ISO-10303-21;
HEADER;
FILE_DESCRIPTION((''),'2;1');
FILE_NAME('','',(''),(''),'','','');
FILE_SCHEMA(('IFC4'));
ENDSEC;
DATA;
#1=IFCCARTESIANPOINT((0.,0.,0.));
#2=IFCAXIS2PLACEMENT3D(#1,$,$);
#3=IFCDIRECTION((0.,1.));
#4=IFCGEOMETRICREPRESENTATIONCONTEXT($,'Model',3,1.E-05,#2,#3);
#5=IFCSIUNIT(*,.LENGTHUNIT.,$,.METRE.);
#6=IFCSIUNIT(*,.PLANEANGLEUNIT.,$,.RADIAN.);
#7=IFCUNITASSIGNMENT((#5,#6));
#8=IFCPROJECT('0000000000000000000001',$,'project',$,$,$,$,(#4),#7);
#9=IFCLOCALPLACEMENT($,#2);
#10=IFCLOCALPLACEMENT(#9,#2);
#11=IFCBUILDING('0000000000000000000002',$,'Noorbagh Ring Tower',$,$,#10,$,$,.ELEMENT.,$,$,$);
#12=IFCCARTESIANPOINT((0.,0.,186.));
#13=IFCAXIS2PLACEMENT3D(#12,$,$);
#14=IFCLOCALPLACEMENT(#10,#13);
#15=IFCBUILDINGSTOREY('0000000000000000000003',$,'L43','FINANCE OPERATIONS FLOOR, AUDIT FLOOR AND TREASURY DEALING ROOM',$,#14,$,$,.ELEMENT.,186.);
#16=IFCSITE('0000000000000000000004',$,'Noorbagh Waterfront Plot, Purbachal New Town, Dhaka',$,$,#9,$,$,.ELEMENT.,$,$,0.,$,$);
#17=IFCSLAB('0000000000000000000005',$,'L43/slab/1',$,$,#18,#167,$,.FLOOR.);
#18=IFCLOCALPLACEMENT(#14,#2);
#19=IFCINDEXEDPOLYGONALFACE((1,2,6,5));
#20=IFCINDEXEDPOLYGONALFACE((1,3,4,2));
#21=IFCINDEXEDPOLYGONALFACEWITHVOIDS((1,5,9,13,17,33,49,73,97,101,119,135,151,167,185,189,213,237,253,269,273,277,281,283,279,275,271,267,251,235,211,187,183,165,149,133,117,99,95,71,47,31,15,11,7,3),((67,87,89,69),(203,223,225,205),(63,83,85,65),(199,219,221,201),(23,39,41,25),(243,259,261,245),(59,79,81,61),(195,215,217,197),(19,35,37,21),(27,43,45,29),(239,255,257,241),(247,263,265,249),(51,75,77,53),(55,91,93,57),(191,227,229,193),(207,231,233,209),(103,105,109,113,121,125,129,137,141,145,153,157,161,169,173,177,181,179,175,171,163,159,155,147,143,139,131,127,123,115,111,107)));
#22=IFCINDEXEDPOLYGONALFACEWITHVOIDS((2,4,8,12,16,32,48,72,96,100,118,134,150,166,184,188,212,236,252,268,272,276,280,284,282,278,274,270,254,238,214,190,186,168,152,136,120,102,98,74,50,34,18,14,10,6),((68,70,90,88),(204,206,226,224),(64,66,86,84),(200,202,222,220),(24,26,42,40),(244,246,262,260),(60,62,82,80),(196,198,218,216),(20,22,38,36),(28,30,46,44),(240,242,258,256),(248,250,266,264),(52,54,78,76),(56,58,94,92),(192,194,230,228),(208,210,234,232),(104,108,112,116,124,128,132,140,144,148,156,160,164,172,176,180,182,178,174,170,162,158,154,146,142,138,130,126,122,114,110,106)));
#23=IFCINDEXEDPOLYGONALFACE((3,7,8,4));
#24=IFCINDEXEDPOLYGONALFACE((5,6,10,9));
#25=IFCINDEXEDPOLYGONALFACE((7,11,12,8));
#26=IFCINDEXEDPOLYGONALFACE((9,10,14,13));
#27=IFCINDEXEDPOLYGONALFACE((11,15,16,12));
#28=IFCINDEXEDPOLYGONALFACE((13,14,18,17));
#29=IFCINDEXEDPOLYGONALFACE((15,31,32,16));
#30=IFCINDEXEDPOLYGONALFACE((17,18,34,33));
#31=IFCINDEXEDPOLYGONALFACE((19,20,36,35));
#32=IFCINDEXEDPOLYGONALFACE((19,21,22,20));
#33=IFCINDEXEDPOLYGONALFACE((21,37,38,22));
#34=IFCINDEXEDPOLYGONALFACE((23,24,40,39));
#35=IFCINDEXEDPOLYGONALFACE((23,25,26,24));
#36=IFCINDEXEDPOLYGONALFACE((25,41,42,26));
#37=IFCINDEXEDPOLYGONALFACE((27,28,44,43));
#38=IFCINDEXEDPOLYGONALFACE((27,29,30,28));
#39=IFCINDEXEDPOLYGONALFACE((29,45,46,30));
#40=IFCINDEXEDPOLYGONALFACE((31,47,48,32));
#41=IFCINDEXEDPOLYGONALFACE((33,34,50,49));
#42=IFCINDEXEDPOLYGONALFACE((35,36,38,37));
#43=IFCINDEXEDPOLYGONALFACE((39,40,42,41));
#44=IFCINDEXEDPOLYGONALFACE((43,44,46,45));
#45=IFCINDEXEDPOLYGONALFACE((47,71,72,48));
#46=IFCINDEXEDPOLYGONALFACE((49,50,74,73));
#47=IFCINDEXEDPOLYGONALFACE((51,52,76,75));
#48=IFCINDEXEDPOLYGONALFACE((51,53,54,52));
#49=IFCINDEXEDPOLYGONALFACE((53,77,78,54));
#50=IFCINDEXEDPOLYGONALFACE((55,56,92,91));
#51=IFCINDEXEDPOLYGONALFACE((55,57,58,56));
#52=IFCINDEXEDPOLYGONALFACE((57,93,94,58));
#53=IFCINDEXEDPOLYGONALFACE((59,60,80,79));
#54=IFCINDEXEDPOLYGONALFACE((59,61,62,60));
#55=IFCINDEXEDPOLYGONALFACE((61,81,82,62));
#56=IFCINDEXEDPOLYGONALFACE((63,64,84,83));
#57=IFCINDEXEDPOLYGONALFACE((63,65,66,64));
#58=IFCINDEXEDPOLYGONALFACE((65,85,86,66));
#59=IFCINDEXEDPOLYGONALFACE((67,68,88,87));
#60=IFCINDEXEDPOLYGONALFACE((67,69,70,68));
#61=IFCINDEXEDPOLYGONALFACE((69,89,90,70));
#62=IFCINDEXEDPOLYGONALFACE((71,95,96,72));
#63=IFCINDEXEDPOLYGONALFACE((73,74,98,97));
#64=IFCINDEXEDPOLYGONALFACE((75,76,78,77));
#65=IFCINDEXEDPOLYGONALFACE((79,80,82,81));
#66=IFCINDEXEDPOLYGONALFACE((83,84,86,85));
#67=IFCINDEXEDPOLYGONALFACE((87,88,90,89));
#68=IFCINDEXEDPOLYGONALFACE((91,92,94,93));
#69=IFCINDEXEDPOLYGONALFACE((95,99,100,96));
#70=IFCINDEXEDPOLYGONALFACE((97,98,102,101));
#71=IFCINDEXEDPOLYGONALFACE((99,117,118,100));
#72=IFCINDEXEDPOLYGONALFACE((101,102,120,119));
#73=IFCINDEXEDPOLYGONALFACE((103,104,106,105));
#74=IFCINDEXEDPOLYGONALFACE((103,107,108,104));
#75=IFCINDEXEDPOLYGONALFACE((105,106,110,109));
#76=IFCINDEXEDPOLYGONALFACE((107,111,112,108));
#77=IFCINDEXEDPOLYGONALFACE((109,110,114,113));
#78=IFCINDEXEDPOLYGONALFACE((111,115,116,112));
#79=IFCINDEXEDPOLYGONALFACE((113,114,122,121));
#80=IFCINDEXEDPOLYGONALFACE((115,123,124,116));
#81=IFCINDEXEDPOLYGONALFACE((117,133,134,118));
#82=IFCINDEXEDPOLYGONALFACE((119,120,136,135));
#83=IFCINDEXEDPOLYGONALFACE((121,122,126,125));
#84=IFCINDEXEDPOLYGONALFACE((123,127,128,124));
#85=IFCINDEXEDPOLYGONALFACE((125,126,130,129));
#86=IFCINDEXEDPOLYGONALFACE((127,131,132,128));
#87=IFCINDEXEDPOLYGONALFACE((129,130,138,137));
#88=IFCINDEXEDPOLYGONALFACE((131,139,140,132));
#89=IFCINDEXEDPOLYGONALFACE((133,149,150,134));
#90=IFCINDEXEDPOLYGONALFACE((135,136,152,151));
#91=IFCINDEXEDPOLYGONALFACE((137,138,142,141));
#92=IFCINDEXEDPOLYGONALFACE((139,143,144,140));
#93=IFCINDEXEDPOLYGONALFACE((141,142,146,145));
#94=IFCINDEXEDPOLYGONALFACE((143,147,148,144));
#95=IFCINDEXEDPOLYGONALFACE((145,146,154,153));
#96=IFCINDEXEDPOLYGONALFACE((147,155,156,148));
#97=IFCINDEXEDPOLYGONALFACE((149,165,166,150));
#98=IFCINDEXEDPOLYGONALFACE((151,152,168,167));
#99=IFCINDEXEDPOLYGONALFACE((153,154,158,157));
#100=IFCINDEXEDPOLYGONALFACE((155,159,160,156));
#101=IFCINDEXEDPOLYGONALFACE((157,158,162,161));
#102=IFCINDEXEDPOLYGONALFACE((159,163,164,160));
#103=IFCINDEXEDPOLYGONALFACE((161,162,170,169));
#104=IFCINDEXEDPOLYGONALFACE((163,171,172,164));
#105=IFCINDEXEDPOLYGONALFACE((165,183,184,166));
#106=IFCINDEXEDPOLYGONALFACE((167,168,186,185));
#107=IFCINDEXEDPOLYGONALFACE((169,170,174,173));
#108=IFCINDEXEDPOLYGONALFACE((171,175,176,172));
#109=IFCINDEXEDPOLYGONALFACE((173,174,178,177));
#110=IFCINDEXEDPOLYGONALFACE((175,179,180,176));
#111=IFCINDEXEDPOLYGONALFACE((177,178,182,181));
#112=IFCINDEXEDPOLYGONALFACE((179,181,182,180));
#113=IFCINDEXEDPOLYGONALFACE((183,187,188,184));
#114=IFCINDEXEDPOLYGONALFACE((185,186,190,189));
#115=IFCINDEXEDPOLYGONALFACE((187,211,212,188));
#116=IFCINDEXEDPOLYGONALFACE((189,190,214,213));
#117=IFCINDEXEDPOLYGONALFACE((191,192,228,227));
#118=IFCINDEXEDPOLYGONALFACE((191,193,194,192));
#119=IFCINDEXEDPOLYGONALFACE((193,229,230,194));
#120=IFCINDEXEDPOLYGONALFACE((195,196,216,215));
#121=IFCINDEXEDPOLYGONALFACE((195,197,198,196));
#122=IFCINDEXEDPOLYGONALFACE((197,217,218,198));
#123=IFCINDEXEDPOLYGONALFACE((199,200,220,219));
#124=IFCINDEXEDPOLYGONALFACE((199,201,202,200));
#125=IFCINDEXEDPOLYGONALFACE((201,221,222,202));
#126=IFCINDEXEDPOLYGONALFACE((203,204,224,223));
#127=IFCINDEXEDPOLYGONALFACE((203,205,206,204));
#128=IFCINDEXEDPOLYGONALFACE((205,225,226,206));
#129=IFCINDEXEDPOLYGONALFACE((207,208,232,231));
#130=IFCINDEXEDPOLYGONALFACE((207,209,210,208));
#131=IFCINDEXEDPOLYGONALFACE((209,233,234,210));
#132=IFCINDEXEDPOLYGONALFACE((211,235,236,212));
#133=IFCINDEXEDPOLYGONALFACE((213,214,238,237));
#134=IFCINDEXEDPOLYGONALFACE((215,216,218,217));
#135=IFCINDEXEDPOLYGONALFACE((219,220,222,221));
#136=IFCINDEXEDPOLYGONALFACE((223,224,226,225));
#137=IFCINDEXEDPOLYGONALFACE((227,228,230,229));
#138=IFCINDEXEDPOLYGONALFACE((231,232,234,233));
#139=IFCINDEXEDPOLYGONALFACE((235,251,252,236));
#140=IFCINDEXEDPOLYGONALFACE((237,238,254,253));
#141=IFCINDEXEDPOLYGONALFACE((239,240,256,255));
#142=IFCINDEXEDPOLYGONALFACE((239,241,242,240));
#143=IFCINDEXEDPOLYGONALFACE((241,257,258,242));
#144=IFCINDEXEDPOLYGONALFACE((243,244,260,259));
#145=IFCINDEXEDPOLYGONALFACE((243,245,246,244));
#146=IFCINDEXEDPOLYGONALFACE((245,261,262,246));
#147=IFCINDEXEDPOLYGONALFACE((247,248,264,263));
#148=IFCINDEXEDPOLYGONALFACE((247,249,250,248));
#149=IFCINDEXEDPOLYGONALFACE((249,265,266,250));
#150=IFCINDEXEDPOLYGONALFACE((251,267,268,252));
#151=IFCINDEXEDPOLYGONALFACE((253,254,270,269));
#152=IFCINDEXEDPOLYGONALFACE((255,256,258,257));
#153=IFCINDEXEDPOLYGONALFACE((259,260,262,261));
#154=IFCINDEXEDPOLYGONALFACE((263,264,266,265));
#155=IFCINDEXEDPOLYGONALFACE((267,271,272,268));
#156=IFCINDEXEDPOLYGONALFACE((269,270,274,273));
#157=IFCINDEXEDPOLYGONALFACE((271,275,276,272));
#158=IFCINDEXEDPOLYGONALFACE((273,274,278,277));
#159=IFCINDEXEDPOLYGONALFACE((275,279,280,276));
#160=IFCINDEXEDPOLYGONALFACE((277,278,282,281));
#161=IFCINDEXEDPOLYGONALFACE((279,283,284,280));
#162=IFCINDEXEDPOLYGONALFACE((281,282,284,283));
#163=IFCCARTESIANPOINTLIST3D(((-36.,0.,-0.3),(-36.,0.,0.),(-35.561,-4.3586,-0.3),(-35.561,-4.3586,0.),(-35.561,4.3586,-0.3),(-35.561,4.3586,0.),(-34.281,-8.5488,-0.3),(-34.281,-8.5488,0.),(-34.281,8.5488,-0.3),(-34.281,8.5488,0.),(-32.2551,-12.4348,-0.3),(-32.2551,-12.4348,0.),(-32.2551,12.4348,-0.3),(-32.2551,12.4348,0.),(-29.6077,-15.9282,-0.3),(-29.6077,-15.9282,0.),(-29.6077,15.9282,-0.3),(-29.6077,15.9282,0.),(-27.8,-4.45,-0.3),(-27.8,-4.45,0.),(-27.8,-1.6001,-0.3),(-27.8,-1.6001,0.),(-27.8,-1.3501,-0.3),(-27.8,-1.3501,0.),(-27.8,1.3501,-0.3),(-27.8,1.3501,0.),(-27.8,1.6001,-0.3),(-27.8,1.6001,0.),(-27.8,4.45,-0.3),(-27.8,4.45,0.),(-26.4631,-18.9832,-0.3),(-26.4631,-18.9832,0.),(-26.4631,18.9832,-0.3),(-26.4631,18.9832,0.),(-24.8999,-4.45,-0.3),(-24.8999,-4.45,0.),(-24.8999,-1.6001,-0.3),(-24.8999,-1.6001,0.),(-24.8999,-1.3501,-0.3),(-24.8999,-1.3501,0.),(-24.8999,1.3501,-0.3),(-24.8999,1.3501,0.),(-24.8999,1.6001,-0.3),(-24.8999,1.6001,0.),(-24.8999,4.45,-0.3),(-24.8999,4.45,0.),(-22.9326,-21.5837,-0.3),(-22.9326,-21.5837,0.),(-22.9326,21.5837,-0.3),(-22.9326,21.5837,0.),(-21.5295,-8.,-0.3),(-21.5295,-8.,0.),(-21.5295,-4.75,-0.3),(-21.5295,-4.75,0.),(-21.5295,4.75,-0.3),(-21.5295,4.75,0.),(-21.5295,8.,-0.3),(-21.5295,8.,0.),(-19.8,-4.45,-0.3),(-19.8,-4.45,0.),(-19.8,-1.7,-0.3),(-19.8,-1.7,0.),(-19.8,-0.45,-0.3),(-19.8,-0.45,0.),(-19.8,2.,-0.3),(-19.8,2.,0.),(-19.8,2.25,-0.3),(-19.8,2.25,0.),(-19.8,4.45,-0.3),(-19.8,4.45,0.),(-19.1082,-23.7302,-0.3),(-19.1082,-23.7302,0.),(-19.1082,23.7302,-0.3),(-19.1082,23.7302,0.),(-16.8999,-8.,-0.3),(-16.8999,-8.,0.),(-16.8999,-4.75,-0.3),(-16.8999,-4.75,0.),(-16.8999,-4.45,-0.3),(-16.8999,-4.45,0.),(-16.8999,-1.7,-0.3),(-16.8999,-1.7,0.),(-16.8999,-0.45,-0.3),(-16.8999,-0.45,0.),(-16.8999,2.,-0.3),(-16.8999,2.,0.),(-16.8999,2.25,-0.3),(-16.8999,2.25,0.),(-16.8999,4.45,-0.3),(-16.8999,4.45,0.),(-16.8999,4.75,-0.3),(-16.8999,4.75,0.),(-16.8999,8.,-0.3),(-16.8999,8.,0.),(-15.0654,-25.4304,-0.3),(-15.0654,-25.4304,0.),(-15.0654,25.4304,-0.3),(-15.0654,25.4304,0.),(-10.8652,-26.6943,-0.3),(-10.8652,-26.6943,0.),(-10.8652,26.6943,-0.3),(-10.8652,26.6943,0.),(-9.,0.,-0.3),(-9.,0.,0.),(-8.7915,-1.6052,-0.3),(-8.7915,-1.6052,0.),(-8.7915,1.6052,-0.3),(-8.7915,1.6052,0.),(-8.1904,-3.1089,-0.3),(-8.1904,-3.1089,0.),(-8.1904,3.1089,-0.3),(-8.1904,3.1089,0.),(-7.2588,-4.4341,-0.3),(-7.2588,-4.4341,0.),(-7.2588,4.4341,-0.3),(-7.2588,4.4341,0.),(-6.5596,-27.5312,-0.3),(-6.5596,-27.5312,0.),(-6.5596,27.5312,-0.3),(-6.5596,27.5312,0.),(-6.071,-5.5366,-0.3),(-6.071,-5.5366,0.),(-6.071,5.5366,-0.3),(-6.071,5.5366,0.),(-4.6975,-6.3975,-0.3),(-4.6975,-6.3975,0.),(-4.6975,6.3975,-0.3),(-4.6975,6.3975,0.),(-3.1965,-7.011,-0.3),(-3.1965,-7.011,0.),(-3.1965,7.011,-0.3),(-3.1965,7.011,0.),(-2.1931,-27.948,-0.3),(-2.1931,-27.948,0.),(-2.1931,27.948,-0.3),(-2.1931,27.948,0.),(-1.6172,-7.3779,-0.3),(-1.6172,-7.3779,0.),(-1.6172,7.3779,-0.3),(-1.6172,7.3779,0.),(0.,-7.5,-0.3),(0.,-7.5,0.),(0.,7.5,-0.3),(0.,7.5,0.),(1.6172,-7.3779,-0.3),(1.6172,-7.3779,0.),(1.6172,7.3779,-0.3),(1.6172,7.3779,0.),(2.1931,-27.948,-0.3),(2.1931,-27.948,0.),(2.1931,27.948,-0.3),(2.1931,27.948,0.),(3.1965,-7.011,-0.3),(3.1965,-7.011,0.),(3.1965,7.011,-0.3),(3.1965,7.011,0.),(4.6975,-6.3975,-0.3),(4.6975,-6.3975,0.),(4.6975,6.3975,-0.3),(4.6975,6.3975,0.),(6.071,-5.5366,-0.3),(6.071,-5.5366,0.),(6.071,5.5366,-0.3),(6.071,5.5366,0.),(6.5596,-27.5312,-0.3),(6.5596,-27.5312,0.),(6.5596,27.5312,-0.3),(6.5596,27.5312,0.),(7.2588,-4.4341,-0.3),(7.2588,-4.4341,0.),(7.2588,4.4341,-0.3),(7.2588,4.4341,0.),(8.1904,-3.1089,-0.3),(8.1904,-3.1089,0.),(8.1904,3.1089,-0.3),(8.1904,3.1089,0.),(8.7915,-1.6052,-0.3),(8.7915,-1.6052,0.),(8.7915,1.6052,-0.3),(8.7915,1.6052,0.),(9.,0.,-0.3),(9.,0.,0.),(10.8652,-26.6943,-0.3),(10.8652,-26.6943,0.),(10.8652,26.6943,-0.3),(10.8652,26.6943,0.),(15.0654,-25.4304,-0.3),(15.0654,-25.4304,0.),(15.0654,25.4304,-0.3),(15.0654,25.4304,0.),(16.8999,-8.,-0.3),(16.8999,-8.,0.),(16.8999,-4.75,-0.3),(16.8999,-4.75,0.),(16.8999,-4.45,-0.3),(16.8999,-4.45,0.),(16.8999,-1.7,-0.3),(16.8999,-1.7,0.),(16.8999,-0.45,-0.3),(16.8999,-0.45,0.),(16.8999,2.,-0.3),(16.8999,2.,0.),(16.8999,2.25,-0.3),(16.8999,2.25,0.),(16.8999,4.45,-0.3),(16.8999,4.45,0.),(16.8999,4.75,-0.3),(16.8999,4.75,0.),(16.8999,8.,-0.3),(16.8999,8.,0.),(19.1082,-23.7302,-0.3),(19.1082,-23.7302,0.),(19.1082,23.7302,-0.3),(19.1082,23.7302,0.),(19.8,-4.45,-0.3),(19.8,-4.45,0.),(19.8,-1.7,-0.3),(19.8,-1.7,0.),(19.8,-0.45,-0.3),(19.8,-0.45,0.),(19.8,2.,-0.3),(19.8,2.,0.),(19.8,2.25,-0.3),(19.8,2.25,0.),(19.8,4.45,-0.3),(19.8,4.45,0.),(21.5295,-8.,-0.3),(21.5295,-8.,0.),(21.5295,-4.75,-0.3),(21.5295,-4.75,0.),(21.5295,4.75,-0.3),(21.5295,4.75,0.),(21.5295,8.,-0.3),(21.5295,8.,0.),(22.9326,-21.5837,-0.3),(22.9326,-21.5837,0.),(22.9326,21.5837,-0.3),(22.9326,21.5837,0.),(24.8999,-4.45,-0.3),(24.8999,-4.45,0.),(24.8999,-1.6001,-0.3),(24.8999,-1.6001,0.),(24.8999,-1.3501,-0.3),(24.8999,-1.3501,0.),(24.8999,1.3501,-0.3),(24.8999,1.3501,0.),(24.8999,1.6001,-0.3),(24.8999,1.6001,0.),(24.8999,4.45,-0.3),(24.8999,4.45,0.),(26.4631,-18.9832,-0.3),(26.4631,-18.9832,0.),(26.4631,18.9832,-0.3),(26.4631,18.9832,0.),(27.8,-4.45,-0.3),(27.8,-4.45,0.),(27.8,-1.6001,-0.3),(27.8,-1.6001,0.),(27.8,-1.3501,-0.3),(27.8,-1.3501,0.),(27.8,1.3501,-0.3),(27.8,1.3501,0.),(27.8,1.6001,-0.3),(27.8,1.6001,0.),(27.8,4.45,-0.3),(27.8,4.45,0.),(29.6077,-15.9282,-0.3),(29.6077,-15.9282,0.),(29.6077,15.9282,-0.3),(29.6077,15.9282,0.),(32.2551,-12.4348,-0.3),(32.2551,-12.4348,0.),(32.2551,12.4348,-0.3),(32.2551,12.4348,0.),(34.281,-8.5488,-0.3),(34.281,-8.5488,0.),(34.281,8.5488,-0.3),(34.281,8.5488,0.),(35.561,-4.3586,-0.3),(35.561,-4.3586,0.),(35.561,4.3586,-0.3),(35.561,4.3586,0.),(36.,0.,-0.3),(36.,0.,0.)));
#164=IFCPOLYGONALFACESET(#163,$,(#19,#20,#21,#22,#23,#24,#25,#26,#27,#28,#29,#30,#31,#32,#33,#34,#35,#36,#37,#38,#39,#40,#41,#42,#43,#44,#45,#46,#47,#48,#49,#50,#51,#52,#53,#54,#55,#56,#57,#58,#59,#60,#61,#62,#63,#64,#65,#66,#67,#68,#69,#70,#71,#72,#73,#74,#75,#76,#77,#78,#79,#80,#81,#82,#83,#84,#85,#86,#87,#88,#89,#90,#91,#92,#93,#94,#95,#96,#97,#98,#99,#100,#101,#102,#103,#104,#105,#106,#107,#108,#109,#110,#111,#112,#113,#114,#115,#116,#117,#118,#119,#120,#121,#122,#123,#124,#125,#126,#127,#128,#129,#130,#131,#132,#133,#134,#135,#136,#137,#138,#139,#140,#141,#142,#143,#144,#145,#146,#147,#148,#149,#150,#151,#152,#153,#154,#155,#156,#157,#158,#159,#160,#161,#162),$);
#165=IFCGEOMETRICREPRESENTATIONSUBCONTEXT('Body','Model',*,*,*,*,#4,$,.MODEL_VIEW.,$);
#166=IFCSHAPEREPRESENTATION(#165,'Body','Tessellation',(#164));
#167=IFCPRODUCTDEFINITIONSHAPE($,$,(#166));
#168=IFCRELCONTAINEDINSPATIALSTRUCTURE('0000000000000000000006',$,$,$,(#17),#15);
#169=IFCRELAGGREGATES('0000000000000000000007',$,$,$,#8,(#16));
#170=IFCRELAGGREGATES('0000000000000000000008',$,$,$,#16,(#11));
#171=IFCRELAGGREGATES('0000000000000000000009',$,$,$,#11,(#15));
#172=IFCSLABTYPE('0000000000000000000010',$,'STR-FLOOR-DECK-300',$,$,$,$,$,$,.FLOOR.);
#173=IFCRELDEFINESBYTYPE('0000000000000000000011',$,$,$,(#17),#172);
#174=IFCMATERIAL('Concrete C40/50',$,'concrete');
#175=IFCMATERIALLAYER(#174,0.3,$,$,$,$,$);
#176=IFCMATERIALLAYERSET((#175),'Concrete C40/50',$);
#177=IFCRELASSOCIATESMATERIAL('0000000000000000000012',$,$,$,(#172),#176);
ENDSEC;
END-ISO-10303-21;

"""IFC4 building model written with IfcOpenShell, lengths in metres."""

from ifc_helpers import new_model, si_unit, direction, frame, origin, place, context, subcontext, project, spatial, polyline, outline, extrude, material, layer, layer_set, type_object, element, save


model = new_model("IFC4")

# Units and contexts
model_context = context("Model", 3, precision=1e-05, world=origin(), true_north=direction((0.0, 1.0)))
body_context = subcontext(model_context, "Body", "Model", "MODEL_VIEW")
ifc_project = project(units=[si_unit("LENGTHUNIT", "METRE"), si_unit("PLANEANGLEUNIT", "RADIAN")], contexts=[model_context])

# Site, building, storey
site_placement = place(None, origin())
site = spatial("IfcSite", under=ifc_project, at=site_placement, Name="Noorbagh Waterfront Plot, Purbachal New Town, Dhaka", CompositionType="ELEMENT", RefElevation=0.0)
building_placement = place(site_placement, origin())
building = spatial("IfcBuilding", under=site, at=building_placement, Name="Noorbagh Ring Tower", CompositionType="ELEMENT")
storey_placement = place(building_placement, frame((0.0, 0.0, 186.0)))
storey = spatial("IfcBuildingStorey", under=building, at=storey_placement, Name="L43", Description="FINANCE OPERATIONS FLOOR, AUDIT FLOOR AND TREASURY DEALING ROOM", CompositionType="ELEMENT", Elevation=186.0)

# Slab
ifc_material_1 = material(Name="Concrete C40/50", Category="concrete")
ifc_layer_1 = layer(ifc_material_1, 0.3)
ifc_layer_set_1 = layer_set([ifc_layer_1], Name="Concrete C40/50")
slab_type_1 = type_object("IfcSlabType", Name="STR-FLOOR-DECK-300", PredefinedType="FLOOR", material=ifc_layer_set_1)
slab_1_placement = place(storey_placement, frame((0.0, 0.0, -0.3)))
element("IfcSlab", 1, at=slab_1_placement, inside=storey, type_object=slab_type_1, Name="L43/slab/1", PredefinedType="FLOOR", context=body_context, shape_type="SweptSolid", body=[
    extrude(outline(polyline([(36.0, 0.0), (35.561, 4.3586), (34.281, 8.5488), (32.2551, 12.4348), (29.6077, 15.9282), (26.4631, 18.9832), (22.9326, 21.5837), (19.1082, 23.7302), (15.0654, 25.4304), (10.8652, 26.6943), (6.5596, 27.5312), (2.1931, 27.948), (-2.1931, 27.948), (-6.5596, 27.5312), (-10.8652, 26.6943), (-15.0654, 25.4304), (-19.1082, 23.7302), (-22.9326, 21.5837), (-26.4631, 18.9832), (-29.6077, 15.9282), (-32.2551, 12.4348), (-34.281, 8.5488), (-35.561, 4.3586), (-36.0, 0.0), (-35.561, -4.3586), (-34.281, -8.5488), (-32.2551, -12.4348), (-29.6077, -15.9282), (-26.4631, -18.9832), (-22.9326, -21.5837), (-19.1082, -23.7302), (-15.0654, -25.4304), (-10.8652, -26.6943), (-6.5596, -27.5312), (-2.1931, -27.948), (2.1931, -27.948), (6.5596, -27.5312), (10.8652, -26.6943), (15.0654, -25.4304), (19.1082, -23.7302), (22.9326, -21.5837), (26.4631, -18.9832), (29.6077, -15.9282), (32.2551, -12.4348), (34.281, -8.5488), (35.561, -4.3586), (36.0, 0.0)]), holes=[polyline([(24.8999, 4.45), (27.8, 4.45), (27.8, 1.6001), (24.8999, 1.6001), (24.8999, 4.45)]), polyline([(24.8999, 1.3501), (27.8, 1.3501), (27.8, -1.3501), (24.8999, -1.3501), (24.8999, 1.3501)]), polyline([(24.8999, -1.6001), (27.8, -1.6001), (27.8, -4.45), (24.8999, -4.45), (24.8999, -1.6001)]), polyline([(21.5295, -8.0), (16.8999, -8.0), (16.8999, -4.75), (21.5295, -4.75), (21.5295, -8.0)]), polyline([(16.8999, 4.75), (16.8999, 8.0), (21.5295, 8.0), (21.5295, 4.75), (16.8999, 4.75)]), polyline([(19.8, 4.45), (19.8, 2.25), (16.8999, 2.25), (16.8999, 4.45), (19.8, 4.45)]), polyline([(16.8999, 2.0), (19.8, 2.0), (19.8, -0.45), (16.8999, -0.45), (16.8999, 2.0)]), polyline([(16.8999, -1.7), (19.8, -1.7), (19.8, -4.45), (16.8999, -4.45), (16.8999, -1.7)]), polyline([(4.6975, -6.3975), (3.1965, -7.011), (1.6172, -7.3779), (0.0, -7.5), (-1.6172, -7.3779), (-3.1965, -7.011), (-4.6975, -6.3975), (-6.071, -5.5366), (-7.2588, -4.4341), (-8.1904, -3.1089), (-8.7915, -1.6052), (-9.0, 0.0), (-8.7915, 1.6052), (-8.1904, 3.1089), (-7.2588, 4.4341), (-6.071, 5.5366), (-4.6975, 6.3975), (-3.1965, 7.011), (-1.6172, 7.3779), (0.0, 7.5), (1.6172, 7.3779), (3.1965, 7.011), (4.6975, 6.3975), (6.071, 5.5366), (7.2588, 4.4341), (8.1904, 3.1089), (8.7915, 1.6052), (9.0, 0.0), (8.7915, -1.6052), (8.1904, -3.1089), (7.2588, -4.4341), (6.071, -5.5366), (4.6975, -6.3975)]), polyline([(-16.8999, 2.25), (-19.8, 2.25), (-19.8, 4.45), (-16.8999, 4.45), (-16.8999, 2.25)]), polyline([(-16.8999, -0.45), (-19.8, -0.45), (-19.8, 2.0), (-16.8999, 2.0), (-16.8999, -0.45)]), polyline([(-16.8999, -4.45), (-19.8, -4.45), (-19.8, -1.7), (-16.8999, -1.7), (-16.8999, -4.45)]), polyline([(-21.5295, 8.0), (-16.8999, 8.0), (-16.8999, 4.75), (-21.5295, 4.75), (-21.5295, 8.0)]), polyline([(-21.5295, -4.75), (-16.8999, -4.75), (-16.8999, -8.0), (-21.5295, -8.0), (-21.5295, -4.75)]), polyline([(-24.8999, -4.45), (-27.8, -4.45), (-27.8, -1.6001), (-24.8999, -1.6001), (-24.8999, -4.45)]), polyline([(-24.8999, 1.6001), (-27.8, 1.6001), (-27.8, 4.45), (-24.8999, 4.45), (-24.8999, 1.6001)]), polyline([(-24.8999, -1.3501), (-27.8, -1.3501), (-27.8, 1.3501), (-24.8999, 1.3501), (-24.8999, -1.3501)])]), origin(), (0.0, 0.0, 1.0), 0.3),
])

save(model, "model.ifc")
